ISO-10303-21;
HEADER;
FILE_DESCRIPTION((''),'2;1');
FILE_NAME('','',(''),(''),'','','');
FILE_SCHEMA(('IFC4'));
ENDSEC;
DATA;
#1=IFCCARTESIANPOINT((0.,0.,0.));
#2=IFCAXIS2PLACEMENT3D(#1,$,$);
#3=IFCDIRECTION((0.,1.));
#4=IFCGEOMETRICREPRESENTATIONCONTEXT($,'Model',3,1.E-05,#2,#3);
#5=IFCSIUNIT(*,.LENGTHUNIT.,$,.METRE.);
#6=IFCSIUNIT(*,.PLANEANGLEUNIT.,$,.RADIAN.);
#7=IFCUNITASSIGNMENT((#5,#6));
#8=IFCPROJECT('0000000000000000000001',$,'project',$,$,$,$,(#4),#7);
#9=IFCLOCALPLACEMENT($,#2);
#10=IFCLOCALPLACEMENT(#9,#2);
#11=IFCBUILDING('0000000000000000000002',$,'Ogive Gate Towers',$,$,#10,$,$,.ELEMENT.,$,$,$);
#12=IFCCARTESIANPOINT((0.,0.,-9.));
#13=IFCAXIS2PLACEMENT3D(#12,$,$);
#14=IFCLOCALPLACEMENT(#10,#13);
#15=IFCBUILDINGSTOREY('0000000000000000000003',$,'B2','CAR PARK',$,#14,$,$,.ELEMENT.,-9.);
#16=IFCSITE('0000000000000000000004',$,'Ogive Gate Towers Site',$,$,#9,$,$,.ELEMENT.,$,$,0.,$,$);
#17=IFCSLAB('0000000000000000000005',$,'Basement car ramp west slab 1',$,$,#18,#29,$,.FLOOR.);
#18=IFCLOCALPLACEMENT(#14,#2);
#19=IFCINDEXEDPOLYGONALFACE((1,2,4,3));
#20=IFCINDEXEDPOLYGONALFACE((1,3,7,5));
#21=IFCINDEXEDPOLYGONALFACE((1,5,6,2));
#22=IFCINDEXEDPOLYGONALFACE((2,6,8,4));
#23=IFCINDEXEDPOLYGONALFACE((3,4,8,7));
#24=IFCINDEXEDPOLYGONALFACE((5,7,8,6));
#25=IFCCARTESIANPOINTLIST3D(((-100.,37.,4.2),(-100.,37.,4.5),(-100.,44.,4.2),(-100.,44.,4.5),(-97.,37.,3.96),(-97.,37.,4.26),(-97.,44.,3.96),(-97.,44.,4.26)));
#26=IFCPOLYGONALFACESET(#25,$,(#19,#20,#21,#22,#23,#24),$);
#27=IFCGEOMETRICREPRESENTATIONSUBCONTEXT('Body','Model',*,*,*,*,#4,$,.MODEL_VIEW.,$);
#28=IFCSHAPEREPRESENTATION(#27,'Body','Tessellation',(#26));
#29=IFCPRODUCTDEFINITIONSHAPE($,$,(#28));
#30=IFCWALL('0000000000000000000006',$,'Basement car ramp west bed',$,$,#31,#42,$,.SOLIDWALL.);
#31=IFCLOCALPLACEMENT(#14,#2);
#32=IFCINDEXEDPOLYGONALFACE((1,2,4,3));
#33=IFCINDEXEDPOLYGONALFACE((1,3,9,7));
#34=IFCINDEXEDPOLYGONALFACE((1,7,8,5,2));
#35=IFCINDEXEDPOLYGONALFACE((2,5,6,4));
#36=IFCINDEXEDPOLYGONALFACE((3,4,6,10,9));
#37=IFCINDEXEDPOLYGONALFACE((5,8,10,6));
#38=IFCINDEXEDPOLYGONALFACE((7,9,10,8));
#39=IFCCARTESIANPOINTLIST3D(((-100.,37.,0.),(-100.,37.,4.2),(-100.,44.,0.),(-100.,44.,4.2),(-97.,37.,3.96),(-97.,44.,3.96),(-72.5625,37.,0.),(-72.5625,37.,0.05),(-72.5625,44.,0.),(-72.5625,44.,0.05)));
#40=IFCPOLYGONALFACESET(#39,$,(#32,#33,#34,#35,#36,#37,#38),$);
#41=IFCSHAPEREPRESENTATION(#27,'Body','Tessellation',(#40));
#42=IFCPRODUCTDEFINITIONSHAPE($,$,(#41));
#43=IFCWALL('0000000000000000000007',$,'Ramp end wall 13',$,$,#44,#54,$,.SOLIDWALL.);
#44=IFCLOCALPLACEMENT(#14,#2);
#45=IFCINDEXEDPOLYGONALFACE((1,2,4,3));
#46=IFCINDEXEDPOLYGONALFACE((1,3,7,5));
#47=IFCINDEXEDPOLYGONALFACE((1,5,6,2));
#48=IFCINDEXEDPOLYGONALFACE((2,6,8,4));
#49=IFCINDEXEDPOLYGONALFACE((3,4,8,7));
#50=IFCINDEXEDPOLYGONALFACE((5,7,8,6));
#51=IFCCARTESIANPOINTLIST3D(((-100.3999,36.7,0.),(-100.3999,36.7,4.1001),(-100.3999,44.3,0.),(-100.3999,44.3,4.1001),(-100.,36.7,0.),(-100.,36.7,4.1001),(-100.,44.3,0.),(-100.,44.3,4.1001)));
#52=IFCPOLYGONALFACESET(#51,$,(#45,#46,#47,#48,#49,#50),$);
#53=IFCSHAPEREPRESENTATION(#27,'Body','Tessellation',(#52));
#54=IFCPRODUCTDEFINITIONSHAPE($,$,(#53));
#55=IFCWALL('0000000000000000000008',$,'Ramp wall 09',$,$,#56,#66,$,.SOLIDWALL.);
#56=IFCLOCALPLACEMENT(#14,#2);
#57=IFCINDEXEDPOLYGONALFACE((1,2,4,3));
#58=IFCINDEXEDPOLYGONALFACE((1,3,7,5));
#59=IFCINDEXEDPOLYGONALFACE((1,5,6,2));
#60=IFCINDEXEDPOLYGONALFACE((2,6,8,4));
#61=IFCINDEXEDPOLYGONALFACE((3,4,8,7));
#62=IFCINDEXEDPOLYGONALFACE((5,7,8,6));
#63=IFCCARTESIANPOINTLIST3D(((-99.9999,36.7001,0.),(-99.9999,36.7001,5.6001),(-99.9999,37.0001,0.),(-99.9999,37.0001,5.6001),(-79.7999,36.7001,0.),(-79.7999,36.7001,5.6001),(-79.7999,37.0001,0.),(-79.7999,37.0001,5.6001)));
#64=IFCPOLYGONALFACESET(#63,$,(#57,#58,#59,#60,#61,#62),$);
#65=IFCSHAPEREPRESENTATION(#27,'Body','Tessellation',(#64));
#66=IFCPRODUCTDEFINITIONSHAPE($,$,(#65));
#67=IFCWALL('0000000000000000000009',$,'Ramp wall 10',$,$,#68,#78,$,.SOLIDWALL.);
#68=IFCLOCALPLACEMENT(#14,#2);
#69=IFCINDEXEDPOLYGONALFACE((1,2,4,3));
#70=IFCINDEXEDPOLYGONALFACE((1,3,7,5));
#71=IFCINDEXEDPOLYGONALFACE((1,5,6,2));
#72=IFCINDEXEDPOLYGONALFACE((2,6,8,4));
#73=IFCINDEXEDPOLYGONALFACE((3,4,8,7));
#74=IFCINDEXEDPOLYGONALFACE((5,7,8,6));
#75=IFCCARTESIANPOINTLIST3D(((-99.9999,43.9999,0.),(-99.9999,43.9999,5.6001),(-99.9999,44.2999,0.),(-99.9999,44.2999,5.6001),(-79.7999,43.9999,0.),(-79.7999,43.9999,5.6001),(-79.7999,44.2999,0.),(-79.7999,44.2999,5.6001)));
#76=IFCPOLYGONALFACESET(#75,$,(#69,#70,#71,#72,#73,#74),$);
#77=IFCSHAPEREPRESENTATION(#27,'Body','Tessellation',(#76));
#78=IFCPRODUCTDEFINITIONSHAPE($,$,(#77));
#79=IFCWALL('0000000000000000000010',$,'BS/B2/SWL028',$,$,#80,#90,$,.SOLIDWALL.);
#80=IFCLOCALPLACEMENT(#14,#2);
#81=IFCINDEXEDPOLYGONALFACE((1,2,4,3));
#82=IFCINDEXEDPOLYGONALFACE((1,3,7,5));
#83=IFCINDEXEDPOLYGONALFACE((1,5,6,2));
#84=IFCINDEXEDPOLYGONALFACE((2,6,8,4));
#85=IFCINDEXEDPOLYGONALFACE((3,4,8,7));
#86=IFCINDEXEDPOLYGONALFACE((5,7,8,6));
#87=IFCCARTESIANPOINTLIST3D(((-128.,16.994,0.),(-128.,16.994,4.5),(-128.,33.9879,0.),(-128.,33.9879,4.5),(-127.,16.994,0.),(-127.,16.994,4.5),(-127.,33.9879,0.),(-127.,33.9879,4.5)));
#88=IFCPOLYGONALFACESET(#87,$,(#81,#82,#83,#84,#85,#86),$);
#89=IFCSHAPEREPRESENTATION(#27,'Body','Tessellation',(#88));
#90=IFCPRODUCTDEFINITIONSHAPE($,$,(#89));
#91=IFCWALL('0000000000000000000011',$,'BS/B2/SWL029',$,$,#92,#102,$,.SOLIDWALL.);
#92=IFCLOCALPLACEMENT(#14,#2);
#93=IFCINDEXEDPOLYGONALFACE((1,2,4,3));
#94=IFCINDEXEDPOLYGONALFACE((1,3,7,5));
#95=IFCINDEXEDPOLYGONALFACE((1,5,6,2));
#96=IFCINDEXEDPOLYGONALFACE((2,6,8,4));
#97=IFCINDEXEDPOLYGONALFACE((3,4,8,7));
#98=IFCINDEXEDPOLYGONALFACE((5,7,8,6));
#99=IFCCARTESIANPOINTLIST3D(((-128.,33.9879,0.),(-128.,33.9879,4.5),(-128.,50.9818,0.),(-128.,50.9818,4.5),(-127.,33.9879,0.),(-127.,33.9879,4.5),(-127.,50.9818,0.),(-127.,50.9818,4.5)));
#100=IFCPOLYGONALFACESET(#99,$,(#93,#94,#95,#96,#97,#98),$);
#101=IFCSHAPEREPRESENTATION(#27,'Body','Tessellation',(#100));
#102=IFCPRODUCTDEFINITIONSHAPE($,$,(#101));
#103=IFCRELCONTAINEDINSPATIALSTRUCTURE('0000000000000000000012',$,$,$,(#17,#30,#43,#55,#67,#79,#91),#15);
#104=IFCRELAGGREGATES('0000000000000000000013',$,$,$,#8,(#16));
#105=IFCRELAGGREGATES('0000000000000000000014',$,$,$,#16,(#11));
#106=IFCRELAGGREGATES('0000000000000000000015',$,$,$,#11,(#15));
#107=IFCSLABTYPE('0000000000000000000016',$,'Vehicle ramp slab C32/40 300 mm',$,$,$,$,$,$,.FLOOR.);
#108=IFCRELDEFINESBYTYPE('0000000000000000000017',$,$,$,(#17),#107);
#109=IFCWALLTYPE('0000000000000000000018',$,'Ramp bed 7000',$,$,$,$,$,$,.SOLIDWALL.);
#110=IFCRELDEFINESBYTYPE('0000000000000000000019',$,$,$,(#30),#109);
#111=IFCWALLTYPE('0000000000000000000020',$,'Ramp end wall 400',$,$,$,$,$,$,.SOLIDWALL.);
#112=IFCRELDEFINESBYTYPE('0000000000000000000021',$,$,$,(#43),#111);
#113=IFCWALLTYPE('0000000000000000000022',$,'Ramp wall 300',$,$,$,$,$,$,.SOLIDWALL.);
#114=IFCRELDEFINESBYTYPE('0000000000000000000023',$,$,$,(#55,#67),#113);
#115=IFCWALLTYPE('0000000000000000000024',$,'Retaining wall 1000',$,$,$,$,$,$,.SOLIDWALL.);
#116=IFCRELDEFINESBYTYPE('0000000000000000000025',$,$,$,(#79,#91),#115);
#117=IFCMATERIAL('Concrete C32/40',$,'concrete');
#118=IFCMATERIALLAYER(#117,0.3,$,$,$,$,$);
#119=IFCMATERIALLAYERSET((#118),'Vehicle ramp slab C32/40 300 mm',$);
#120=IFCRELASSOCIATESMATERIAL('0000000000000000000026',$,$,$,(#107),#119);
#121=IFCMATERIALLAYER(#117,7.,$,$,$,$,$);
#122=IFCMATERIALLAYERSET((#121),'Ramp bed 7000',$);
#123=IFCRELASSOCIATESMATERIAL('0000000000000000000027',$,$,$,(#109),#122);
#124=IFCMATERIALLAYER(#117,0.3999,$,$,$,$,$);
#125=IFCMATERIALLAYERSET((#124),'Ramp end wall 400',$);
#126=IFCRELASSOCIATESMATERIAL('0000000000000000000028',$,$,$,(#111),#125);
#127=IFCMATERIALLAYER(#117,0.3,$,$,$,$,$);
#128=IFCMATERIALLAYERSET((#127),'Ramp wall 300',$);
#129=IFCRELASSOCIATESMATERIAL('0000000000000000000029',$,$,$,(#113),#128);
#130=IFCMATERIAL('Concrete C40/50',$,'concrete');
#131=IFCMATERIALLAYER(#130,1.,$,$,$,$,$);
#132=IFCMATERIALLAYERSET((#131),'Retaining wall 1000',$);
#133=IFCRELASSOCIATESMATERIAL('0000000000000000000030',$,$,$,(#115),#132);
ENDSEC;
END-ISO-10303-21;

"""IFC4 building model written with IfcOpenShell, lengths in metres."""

from ifc_helpers import new_model, si_unit, direction, frame, frame_2d, origin, place, context, subcontext, project, spatial, polyline, rectangle, outline, extrude, material, layer, layer_set, type_object, element, save


model = new_model("IFC4")

# Units and contexts
model_context = context("Model", 3, precision=1e-05, world=origin(), true_north=direction((0.0, 1.0)))
body_context = subcontext(model_context, "Body", "Model", "MODEL_VIEW")
ifc_project = project(units=[si_unit("LENGTHUNIT", "METRE"), si_unit("PLANEANGLEUNIT", "RADIAN")], contexts=[model_context])

# Site, building, storey
site_placement = place(None, origin())
site = spatial("IfcSite", under=ifc_project, at=site_placement, Name="Ogive Gate Towers Site", CompositionType="ELEMENT", RefElevation=0.0)
building_placement = place(site_placement, origin())
building = spatial("IfcBuilding", under=site, at=building_placement, Name="Ogive Gate Towers", CompositionType="ELEMENT")
storey_placement = place(building_placement, frame((0.0, 0.0, -9.0)))
storey = spatial("IfcBuildingStorey", under=building, at=storey_placement, Name="B2", Description="CAR PARK", CompositionType="ELEMENT", Elevation=-9.0)

# Shared definitions
ifc_material_1 = material(Name="Concrete C40/50", Category="concrete")

# Slab
ifc_material_2 = material(Name="Concrete C32/40", Category="concrete")
ifc_layer_1 = layer(ifc_material_2, 0.3)
ifc_layer_set_1 = layer_set([ifc_layer_1], Name="Vehicle ramp slab C32/40 300 mm")
slab_type = type_object("IfcSlabType", Name="Vehicle ramp slab C32/40 300 mm", PredefinedType="FLOOR", material=ifc_layer_set_1)
slab_placement = place(storey_placement, frame((-100.0, 40.5, 0.0), z_axis=(0.0, 0.0, 1.0), x_axis=(1.0, 0.0, 0.0)))
element("IfcSlab", 1, at=slab_placement, inside=storey, type_object=slab_type, Name="Basement car ramp west slab 1", PredefinedType="FLOOR", context=body_context, shape_type="SweptSolid", body=[
    extrude(outline(polyline([(0.0, 4.2), (3.0, 3.96), (3.0, 4.26), (0.0, 4.5), (0.0, 4.2)])), frame((0.0, 3.5, 0.0), z_axis=(0.0, -1.0, 0.0), x_axis=(1.0, 0.0, 0.0)), (0.0, 0.0, 1.0), 7.0),
])

# Walls
ifc_layer_2 = layer(ifc_material_2, 7.0)
ifc_layer_set_2 = layer_set([ifc_layer_2], Name="Ramp bed 7000")
wall_type_1 = type_object("IfcWallType", Name="Ramp bed 7000", PredefinedType="SOLIDWALL", material=ifc_layer_set_2)
wall_1_placement = place(storey_placement, frame((-100.0, 40.5, 0.0), z_axis=(0.0, 0.0, 1.0), x_axis=(1.0, 0.0, 0.0)))
element("IfcWall", 2, at=wall_1_placement, inside=storey, type_object=wall_type_1, Name="Basement car ramp west bed", PredefinedType="SOLIDWALL", context=body_context, shape_type="SweptSolid", body=[
    extrude(outline(polyline([(0.0, 0.0), (27.4375, 0.0), (27.4375, 0.05), (3.0, 3.96), (0.0, 4.2), (0.0, 0.0)])), frame((0.0, 3.5, 0.0), z_axis=(0.0, -1.0, 0.0), x_axis=(1.0, 0.0, 0.0)), (0.0, 0.0, 1.0), 7.0),
])
ifc_layer_3 = layer(ifc_material_2, 0.3999)
ifc_layer_set_3 = layer_set([ifc_layer_3], Name="Ramp end wall 400")
wall_type_2 = type_object("IfcWallType", Name="Ramp end wall 400", PredefinedType="SOLIDWALL", material=ifc_layer_set_3)
wall_2_placement = place(storey_placement, frame((-100.2, 36.7, 0.0), z_axis=(0.0, 0.0, 1.0), x_axis=(0.0, 1.0, 0.0)))
element("IfcWall", 3, at=wall_2_placement, inside=storey, type_object=wall_type_2, Name="Ramp end wall 13", PredefinedType="SOLIDWALL", context=body_context, shape_type="SweptSolid", body=[
    extrude(rectangle(XDim=7.6001, YDim=0.3999, at=frame_2d((3.8, 0.0))), origin(), (0.0, 0.0, 1.0), 4.1001),
])
ifc_layer_4 = layer(ifc_material_2, 0.3)
ifc_layer_set_4 = layer_set([ifc_layer_4], Name="Ramp wall 300")
wall_type_3 = type_object("IfcWallType", Name="Ramp wall 300", PredefinedType="SOLIDWALL", material=ifc_layer_set_4)
for number, where, z_axis, x_axis, name in (
    (4, (-100.0, 36.8501, 0.0), (0.0, 0.0, 1.0), (1.0, 0.0, 0.0), "Ramp wall 09"),
    (5, (-100.0, 44.1499, 0.0), (0.0, 0.0, 1.0), (1.0, 0.0, 0.0), "Ramp wall 10"),
):
    element("IfcWall", number, at=place(storey_placement, frame(where, z_axis=z_axis, x_axis=x_axis)), inside=storey, type_object=wall_type_3, Name=name, PredefinedType="SOLIDWALL", context=body_context, shape_type="SweptSolid", body=[
        extrude(rectangle(XDim=20.2, YDim=0.3, at=frame_2d((10.1001, 0.0))), origin(), (0.0, 0.0, 1.0), 5.6001),
    ])
ifc_layer_5 = layer(ifc_material_1, 1.0)
ifc_layer_set_5 = layer_set([ifc_layer_5], Name="Retaining wall 1000")
wall_type_4 = type_object("IfcWallType", Name="Retaining wall 1000", PredefinedType="SOLIDWALL", material=ifc_layer_set_5)
for number, where, z_axis, x_axis, name in (
    (6, (-127.5, 16.9939, 0.0), (0.0, 0.0, 1.0), (0.0, 1.0, 0.0), "BS/B2/SWL028"),
    (7, (-127.5, 33.9878, 0.0), (0.0, 0.0, 1.0), (0.0, 1.0, 0.0), "BS/B2/SWL029"),
):
    element("IfcWall", number, at=place(storey_placement, frame(where, z_axis=z_axis, x_axis=x_axis)), inside=storey, type_object=wall_type_4, Name=name, PredefinedType="SOLIDWALL", context=body_context, shape_type="SweptSolid", body=[
        extrude(rectangle(XDim=16.9939, YDim=1.0, at=frame_2d((8.4971, 0.0))), origin(), (0.0, 0.0, 1.0), 4.5),
    ])

save(model, "model.ifc")
